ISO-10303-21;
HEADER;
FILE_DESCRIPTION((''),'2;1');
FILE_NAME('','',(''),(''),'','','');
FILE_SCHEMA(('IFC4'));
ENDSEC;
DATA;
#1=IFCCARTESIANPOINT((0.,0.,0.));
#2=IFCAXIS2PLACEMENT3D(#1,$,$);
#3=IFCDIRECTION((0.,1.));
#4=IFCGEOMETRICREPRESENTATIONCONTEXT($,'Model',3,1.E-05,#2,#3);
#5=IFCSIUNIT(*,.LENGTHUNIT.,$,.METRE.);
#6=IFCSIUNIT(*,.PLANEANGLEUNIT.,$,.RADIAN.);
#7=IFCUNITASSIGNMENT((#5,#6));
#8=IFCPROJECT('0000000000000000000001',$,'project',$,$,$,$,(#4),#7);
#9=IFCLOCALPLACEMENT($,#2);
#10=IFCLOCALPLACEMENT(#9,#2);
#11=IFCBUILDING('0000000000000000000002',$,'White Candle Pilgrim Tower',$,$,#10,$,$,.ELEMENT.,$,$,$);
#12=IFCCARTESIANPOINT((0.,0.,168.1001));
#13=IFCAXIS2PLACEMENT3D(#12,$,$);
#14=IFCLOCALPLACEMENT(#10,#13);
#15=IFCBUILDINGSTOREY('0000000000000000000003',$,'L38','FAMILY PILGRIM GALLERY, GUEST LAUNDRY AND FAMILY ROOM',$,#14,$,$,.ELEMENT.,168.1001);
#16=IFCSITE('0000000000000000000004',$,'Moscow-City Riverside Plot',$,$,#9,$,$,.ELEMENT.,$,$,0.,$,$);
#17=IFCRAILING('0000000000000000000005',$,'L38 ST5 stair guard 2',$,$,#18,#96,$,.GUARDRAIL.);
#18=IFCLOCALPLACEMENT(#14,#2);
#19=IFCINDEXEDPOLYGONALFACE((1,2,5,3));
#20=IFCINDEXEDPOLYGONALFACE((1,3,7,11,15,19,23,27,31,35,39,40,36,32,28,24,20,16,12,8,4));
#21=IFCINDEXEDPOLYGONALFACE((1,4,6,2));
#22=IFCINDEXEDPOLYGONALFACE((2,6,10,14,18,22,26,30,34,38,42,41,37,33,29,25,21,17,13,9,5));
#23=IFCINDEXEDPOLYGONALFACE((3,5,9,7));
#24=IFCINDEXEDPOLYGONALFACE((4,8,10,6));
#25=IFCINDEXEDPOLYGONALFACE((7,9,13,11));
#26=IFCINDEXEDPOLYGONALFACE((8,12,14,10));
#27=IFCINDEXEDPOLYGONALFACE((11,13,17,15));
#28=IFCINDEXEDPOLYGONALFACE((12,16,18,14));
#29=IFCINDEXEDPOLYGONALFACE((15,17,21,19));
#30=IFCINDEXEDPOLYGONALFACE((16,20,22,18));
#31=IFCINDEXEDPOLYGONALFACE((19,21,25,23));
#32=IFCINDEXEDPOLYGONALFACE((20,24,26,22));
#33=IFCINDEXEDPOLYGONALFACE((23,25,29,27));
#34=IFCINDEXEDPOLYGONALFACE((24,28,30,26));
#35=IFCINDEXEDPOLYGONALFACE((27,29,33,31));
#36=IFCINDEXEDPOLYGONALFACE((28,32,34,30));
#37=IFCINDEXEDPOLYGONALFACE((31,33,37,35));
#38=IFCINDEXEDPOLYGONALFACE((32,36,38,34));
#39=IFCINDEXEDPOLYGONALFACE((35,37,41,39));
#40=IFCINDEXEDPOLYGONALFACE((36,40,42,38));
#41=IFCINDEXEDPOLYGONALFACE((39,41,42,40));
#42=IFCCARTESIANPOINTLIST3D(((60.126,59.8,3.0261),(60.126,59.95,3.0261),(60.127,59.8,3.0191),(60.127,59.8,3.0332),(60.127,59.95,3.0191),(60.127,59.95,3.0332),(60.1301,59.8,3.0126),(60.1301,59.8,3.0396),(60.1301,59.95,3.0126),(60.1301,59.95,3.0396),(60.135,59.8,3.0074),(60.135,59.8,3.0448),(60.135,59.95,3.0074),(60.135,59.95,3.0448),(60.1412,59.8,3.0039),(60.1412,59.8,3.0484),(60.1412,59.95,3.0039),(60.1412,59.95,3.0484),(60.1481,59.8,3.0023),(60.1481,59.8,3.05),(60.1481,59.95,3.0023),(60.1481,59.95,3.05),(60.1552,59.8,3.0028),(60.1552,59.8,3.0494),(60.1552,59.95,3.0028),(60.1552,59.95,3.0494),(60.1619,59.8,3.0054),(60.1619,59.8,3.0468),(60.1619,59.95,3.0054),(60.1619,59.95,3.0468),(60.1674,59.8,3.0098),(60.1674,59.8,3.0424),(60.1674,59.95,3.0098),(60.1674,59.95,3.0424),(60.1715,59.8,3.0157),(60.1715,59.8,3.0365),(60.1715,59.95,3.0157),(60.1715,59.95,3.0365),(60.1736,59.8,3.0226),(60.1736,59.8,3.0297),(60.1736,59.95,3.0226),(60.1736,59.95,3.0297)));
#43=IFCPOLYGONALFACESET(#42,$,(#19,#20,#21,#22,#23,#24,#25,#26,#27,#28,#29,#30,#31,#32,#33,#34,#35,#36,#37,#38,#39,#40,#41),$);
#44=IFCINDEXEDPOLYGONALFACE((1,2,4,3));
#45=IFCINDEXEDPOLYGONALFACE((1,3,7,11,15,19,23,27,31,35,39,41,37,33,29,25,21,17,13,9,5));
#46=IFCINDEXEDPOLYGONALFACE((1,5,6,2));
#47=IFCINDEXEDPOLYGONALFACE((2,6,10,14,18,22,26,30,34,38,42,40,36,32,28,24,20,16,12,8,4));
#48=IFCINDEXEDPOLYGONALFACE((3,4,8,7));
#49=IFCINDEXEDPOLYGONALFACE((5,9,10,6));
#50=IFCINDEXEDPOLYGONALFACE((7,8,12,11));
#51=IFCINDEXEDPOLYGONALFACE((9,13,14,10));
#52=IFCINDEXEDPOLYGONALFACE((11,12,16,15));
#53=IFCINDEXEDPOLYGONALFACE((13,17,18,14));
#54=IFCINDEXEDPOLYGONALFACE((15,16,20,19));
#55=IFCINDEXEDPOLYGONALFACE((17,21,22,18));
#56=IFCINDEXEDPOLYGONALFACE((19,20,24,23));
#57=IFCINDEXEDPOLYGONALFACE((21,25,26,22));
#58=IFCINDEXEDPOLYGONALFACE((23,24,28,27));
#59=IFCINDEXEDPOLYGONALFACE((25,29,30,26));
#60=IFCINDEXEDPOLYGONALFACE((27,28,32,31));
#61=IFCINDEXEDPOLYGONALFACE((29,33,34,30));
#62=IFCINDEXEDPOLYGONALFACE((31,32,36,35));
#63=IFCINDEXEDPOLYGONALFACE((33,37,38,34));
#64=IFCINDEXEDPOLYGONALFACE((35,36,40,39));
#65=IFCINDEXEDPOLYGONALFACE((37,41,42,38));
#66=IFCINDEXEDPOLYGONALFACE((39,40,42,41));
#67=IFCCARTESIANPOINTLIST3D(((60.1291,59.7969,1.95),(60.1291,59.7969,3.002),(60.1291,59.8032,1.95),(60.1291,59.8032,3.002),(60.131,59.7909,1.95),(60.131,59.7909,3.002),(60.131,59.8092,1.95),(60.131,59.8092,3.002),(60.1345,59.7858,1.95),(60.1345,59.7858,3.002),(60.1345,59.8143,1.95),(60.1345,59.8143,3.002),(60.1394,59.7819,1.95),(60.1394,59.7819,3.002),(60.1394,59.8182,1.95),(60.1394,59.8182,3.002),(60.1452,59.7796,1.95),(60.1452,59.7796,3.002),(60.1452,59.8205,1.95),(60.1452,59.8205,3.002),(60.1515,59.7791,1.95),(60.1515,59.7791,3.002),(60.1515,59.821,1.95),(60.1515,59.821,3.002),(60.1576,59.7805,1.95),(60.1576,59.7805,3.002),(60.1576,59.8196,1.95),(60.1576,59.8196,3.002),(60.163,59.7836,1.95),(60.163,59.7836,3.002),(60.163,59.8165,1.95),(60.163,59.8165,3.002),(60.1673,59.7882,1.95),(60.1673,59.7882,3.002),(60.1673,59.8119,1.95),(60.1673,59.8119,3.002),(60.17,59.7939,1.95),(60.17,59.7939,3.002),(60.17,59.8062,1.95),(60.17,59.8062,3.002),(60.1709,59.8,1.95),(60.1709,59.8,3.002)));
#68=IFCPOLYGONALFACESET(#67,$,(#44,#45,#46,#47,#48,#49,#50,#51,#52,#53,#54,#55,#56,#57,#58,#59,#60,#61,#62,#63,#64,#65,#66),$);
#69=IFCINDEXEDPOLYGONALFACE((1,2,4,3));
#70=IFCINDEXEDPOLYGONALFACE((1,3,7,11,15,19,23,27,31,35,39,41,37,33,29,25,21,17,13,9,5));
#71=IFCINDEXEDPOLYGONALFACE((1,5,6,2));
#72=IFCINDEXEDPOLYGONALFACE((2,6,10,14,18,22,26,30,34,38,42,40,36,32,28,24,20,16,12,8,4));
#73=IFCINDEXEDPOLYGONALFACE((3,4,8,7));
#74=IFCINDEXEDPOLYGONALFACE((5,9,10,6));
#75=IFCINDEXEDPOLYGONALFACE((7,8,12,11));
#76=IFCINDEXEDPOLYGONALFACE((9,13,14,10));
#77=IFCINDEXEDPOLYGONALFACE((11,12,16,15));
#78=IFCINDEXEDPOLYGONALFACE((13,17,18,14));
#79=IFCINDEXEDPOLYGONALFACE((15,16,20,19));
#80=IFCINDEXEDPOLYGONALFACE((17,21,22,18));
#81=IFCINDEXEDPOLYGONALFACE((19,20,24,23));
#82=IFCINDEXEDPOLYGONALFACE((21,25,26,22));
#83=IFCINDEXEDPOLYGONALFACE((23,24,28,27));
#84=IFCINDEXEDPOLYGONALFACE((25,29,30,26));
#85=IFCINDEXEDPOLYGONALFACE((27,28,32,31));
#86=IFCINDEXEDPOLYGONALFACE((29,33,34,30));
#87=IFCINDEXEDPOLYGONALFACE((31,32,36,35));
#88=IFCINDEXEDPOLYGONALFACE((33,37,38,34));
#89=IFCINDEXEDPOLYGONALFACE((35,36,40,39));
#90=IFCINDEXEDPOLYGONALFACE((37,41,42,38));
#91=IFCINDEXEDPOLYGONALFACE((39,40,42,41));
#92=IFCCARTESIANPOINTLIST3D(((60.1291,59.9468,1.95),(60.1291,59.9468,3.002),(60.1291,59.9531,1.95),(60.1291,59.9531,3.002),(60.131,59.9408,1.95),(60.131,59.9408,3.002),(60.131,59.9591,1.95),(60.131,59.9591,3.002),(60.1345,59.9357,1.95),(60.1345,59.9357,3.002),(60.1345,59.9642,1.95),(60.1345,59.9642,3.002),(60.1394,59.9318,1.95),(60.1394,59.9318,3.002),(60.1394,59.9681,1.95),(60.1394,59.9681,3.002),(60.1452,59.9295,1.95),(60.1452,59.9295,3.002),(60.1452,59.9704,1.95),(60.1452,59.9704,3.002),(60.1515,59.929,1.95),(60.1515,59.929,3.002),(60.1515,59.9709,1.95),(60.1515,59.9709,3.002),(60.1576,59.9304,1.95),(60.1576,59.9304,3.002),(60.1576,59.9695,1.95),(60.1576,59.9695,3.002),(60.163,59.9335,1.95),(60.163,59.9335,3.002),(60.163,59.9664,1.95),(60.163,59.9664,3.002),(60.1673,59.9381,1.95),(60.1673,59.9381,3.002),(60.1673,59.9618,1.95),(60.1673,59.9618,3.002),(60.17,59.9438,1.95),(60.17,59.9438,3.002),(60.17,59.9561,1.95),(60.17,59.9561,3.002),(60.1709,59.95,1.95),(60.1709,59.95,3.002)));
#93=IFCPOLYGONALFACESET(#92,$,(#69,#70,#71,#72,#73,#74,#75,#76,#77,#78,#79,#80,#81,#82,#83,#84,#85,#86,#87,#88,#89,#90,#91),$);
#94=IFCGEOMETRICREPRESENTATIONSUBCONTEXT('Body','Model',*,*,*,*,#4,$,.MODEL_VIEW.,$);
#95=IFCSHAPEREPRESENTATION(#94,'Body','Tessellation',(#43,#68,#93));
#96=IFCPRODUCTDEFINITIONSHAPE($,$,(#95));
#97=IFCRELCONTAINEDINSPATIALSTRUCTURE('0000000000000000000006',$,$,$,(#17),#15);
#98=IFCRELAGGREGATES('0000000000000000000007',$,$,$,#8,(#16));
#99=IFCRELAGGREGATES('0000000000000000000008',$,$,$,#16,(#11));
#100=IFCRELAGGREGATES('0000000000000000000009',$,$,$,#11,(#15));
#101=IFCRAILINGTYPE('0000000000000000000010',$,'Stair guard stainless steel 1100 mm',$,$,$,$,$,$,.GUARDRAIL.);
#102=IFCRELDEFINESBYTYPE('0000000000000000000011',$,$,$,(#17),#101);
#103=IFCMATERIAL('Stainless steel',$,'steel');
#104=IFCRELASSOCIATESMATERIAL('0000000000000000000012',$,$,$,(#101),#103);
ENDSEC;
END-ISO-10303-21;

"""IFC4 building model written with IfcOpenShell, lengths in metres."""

from ifc_helpers import new_model, si_unit, direction, frame, origin, origin_2d, place, context, subcontext, project, spatial, circle, extrude, material, type_object, element, save


model = new_model("IFC4")

# Units and contexts
model_context = context("Model", 3, precision=1e-05, world=origin(), true_north=direction((0.0, 1.0)))
body_context = subcontext(model_context, "Body", "Model", "MODEL_VIEW")
ifc_project = project(units=[si_unit("LENGTHUNIT", "METRE"), si_unit("PLANEANGLEUNIT", "RADIAN")], contexts=[model_context])

# Site, building, storey
site_placement = place(None, origin())
site = spatial("IfcSite", under=ifc_project, at=site_placement, Name="Moscow-City Riverside Plot", CompositionType="ELEMENT", RefElevation=0.0)
building_placement = place(site_placement, origin())
building = spatial("IfcBuilding", under=site, at=building_placement, Name="White Candle Pilgrim Tower", CompositionType="ELEMENT")
storey_placement = place(building_placement, frame((0.0, 0.0, 168.1001)))
storey = spatial("IfcBuildingStorey", under=building, at=storey_placement, Name="L38", Description="FAMILY PILGRIM GALLERY, GUEST LAUNDRY AND FAMILY ROOM", CompositionType="ELEMENT", Elevation=168.1001)

# Railing
ifc_material_1 = material(Name="Stainless steel", Category="steel")
railing_type_1 = type_object("IfcRailingType", Name="Stair guard stainless steel 1100 mm", PredefinedType="GUARDRAIL", material=ifc_material_1)
railing_1_placement = place(storey_placement, frame((60.1499, 59.8, 1.95)))
element("IfcRailing", 1, at=railing_1_placement, inside=storey, type_object=railing_type_1, Name="L38 ST5 stair guard 2", PredefinedType="GUARDRAIL", context=body_context, shape_type="SweptSolid", body=[
    extrude(circle(Radius=0.0239, at=origin_2d()), frame((0.0, 0.0, 1.0762), z_axis=(0.0, 1.0, 0.0), x_axis=(-1.0, 0.0, 0.0)), (0.0, 0.0, 1.0), 0.1499),
    extrude(circle(Radius=0.021, at=origin_2d()), origin(), (0.0, 0.0, 1.0), 1.052),
    extrude(circle(Radius=0.021, at=origin_2d()), frame((0.0, 0.1499, 0.0)), (0.0, 0.0, 1.0), 1.052),
])

save(model, "model.ifc")
